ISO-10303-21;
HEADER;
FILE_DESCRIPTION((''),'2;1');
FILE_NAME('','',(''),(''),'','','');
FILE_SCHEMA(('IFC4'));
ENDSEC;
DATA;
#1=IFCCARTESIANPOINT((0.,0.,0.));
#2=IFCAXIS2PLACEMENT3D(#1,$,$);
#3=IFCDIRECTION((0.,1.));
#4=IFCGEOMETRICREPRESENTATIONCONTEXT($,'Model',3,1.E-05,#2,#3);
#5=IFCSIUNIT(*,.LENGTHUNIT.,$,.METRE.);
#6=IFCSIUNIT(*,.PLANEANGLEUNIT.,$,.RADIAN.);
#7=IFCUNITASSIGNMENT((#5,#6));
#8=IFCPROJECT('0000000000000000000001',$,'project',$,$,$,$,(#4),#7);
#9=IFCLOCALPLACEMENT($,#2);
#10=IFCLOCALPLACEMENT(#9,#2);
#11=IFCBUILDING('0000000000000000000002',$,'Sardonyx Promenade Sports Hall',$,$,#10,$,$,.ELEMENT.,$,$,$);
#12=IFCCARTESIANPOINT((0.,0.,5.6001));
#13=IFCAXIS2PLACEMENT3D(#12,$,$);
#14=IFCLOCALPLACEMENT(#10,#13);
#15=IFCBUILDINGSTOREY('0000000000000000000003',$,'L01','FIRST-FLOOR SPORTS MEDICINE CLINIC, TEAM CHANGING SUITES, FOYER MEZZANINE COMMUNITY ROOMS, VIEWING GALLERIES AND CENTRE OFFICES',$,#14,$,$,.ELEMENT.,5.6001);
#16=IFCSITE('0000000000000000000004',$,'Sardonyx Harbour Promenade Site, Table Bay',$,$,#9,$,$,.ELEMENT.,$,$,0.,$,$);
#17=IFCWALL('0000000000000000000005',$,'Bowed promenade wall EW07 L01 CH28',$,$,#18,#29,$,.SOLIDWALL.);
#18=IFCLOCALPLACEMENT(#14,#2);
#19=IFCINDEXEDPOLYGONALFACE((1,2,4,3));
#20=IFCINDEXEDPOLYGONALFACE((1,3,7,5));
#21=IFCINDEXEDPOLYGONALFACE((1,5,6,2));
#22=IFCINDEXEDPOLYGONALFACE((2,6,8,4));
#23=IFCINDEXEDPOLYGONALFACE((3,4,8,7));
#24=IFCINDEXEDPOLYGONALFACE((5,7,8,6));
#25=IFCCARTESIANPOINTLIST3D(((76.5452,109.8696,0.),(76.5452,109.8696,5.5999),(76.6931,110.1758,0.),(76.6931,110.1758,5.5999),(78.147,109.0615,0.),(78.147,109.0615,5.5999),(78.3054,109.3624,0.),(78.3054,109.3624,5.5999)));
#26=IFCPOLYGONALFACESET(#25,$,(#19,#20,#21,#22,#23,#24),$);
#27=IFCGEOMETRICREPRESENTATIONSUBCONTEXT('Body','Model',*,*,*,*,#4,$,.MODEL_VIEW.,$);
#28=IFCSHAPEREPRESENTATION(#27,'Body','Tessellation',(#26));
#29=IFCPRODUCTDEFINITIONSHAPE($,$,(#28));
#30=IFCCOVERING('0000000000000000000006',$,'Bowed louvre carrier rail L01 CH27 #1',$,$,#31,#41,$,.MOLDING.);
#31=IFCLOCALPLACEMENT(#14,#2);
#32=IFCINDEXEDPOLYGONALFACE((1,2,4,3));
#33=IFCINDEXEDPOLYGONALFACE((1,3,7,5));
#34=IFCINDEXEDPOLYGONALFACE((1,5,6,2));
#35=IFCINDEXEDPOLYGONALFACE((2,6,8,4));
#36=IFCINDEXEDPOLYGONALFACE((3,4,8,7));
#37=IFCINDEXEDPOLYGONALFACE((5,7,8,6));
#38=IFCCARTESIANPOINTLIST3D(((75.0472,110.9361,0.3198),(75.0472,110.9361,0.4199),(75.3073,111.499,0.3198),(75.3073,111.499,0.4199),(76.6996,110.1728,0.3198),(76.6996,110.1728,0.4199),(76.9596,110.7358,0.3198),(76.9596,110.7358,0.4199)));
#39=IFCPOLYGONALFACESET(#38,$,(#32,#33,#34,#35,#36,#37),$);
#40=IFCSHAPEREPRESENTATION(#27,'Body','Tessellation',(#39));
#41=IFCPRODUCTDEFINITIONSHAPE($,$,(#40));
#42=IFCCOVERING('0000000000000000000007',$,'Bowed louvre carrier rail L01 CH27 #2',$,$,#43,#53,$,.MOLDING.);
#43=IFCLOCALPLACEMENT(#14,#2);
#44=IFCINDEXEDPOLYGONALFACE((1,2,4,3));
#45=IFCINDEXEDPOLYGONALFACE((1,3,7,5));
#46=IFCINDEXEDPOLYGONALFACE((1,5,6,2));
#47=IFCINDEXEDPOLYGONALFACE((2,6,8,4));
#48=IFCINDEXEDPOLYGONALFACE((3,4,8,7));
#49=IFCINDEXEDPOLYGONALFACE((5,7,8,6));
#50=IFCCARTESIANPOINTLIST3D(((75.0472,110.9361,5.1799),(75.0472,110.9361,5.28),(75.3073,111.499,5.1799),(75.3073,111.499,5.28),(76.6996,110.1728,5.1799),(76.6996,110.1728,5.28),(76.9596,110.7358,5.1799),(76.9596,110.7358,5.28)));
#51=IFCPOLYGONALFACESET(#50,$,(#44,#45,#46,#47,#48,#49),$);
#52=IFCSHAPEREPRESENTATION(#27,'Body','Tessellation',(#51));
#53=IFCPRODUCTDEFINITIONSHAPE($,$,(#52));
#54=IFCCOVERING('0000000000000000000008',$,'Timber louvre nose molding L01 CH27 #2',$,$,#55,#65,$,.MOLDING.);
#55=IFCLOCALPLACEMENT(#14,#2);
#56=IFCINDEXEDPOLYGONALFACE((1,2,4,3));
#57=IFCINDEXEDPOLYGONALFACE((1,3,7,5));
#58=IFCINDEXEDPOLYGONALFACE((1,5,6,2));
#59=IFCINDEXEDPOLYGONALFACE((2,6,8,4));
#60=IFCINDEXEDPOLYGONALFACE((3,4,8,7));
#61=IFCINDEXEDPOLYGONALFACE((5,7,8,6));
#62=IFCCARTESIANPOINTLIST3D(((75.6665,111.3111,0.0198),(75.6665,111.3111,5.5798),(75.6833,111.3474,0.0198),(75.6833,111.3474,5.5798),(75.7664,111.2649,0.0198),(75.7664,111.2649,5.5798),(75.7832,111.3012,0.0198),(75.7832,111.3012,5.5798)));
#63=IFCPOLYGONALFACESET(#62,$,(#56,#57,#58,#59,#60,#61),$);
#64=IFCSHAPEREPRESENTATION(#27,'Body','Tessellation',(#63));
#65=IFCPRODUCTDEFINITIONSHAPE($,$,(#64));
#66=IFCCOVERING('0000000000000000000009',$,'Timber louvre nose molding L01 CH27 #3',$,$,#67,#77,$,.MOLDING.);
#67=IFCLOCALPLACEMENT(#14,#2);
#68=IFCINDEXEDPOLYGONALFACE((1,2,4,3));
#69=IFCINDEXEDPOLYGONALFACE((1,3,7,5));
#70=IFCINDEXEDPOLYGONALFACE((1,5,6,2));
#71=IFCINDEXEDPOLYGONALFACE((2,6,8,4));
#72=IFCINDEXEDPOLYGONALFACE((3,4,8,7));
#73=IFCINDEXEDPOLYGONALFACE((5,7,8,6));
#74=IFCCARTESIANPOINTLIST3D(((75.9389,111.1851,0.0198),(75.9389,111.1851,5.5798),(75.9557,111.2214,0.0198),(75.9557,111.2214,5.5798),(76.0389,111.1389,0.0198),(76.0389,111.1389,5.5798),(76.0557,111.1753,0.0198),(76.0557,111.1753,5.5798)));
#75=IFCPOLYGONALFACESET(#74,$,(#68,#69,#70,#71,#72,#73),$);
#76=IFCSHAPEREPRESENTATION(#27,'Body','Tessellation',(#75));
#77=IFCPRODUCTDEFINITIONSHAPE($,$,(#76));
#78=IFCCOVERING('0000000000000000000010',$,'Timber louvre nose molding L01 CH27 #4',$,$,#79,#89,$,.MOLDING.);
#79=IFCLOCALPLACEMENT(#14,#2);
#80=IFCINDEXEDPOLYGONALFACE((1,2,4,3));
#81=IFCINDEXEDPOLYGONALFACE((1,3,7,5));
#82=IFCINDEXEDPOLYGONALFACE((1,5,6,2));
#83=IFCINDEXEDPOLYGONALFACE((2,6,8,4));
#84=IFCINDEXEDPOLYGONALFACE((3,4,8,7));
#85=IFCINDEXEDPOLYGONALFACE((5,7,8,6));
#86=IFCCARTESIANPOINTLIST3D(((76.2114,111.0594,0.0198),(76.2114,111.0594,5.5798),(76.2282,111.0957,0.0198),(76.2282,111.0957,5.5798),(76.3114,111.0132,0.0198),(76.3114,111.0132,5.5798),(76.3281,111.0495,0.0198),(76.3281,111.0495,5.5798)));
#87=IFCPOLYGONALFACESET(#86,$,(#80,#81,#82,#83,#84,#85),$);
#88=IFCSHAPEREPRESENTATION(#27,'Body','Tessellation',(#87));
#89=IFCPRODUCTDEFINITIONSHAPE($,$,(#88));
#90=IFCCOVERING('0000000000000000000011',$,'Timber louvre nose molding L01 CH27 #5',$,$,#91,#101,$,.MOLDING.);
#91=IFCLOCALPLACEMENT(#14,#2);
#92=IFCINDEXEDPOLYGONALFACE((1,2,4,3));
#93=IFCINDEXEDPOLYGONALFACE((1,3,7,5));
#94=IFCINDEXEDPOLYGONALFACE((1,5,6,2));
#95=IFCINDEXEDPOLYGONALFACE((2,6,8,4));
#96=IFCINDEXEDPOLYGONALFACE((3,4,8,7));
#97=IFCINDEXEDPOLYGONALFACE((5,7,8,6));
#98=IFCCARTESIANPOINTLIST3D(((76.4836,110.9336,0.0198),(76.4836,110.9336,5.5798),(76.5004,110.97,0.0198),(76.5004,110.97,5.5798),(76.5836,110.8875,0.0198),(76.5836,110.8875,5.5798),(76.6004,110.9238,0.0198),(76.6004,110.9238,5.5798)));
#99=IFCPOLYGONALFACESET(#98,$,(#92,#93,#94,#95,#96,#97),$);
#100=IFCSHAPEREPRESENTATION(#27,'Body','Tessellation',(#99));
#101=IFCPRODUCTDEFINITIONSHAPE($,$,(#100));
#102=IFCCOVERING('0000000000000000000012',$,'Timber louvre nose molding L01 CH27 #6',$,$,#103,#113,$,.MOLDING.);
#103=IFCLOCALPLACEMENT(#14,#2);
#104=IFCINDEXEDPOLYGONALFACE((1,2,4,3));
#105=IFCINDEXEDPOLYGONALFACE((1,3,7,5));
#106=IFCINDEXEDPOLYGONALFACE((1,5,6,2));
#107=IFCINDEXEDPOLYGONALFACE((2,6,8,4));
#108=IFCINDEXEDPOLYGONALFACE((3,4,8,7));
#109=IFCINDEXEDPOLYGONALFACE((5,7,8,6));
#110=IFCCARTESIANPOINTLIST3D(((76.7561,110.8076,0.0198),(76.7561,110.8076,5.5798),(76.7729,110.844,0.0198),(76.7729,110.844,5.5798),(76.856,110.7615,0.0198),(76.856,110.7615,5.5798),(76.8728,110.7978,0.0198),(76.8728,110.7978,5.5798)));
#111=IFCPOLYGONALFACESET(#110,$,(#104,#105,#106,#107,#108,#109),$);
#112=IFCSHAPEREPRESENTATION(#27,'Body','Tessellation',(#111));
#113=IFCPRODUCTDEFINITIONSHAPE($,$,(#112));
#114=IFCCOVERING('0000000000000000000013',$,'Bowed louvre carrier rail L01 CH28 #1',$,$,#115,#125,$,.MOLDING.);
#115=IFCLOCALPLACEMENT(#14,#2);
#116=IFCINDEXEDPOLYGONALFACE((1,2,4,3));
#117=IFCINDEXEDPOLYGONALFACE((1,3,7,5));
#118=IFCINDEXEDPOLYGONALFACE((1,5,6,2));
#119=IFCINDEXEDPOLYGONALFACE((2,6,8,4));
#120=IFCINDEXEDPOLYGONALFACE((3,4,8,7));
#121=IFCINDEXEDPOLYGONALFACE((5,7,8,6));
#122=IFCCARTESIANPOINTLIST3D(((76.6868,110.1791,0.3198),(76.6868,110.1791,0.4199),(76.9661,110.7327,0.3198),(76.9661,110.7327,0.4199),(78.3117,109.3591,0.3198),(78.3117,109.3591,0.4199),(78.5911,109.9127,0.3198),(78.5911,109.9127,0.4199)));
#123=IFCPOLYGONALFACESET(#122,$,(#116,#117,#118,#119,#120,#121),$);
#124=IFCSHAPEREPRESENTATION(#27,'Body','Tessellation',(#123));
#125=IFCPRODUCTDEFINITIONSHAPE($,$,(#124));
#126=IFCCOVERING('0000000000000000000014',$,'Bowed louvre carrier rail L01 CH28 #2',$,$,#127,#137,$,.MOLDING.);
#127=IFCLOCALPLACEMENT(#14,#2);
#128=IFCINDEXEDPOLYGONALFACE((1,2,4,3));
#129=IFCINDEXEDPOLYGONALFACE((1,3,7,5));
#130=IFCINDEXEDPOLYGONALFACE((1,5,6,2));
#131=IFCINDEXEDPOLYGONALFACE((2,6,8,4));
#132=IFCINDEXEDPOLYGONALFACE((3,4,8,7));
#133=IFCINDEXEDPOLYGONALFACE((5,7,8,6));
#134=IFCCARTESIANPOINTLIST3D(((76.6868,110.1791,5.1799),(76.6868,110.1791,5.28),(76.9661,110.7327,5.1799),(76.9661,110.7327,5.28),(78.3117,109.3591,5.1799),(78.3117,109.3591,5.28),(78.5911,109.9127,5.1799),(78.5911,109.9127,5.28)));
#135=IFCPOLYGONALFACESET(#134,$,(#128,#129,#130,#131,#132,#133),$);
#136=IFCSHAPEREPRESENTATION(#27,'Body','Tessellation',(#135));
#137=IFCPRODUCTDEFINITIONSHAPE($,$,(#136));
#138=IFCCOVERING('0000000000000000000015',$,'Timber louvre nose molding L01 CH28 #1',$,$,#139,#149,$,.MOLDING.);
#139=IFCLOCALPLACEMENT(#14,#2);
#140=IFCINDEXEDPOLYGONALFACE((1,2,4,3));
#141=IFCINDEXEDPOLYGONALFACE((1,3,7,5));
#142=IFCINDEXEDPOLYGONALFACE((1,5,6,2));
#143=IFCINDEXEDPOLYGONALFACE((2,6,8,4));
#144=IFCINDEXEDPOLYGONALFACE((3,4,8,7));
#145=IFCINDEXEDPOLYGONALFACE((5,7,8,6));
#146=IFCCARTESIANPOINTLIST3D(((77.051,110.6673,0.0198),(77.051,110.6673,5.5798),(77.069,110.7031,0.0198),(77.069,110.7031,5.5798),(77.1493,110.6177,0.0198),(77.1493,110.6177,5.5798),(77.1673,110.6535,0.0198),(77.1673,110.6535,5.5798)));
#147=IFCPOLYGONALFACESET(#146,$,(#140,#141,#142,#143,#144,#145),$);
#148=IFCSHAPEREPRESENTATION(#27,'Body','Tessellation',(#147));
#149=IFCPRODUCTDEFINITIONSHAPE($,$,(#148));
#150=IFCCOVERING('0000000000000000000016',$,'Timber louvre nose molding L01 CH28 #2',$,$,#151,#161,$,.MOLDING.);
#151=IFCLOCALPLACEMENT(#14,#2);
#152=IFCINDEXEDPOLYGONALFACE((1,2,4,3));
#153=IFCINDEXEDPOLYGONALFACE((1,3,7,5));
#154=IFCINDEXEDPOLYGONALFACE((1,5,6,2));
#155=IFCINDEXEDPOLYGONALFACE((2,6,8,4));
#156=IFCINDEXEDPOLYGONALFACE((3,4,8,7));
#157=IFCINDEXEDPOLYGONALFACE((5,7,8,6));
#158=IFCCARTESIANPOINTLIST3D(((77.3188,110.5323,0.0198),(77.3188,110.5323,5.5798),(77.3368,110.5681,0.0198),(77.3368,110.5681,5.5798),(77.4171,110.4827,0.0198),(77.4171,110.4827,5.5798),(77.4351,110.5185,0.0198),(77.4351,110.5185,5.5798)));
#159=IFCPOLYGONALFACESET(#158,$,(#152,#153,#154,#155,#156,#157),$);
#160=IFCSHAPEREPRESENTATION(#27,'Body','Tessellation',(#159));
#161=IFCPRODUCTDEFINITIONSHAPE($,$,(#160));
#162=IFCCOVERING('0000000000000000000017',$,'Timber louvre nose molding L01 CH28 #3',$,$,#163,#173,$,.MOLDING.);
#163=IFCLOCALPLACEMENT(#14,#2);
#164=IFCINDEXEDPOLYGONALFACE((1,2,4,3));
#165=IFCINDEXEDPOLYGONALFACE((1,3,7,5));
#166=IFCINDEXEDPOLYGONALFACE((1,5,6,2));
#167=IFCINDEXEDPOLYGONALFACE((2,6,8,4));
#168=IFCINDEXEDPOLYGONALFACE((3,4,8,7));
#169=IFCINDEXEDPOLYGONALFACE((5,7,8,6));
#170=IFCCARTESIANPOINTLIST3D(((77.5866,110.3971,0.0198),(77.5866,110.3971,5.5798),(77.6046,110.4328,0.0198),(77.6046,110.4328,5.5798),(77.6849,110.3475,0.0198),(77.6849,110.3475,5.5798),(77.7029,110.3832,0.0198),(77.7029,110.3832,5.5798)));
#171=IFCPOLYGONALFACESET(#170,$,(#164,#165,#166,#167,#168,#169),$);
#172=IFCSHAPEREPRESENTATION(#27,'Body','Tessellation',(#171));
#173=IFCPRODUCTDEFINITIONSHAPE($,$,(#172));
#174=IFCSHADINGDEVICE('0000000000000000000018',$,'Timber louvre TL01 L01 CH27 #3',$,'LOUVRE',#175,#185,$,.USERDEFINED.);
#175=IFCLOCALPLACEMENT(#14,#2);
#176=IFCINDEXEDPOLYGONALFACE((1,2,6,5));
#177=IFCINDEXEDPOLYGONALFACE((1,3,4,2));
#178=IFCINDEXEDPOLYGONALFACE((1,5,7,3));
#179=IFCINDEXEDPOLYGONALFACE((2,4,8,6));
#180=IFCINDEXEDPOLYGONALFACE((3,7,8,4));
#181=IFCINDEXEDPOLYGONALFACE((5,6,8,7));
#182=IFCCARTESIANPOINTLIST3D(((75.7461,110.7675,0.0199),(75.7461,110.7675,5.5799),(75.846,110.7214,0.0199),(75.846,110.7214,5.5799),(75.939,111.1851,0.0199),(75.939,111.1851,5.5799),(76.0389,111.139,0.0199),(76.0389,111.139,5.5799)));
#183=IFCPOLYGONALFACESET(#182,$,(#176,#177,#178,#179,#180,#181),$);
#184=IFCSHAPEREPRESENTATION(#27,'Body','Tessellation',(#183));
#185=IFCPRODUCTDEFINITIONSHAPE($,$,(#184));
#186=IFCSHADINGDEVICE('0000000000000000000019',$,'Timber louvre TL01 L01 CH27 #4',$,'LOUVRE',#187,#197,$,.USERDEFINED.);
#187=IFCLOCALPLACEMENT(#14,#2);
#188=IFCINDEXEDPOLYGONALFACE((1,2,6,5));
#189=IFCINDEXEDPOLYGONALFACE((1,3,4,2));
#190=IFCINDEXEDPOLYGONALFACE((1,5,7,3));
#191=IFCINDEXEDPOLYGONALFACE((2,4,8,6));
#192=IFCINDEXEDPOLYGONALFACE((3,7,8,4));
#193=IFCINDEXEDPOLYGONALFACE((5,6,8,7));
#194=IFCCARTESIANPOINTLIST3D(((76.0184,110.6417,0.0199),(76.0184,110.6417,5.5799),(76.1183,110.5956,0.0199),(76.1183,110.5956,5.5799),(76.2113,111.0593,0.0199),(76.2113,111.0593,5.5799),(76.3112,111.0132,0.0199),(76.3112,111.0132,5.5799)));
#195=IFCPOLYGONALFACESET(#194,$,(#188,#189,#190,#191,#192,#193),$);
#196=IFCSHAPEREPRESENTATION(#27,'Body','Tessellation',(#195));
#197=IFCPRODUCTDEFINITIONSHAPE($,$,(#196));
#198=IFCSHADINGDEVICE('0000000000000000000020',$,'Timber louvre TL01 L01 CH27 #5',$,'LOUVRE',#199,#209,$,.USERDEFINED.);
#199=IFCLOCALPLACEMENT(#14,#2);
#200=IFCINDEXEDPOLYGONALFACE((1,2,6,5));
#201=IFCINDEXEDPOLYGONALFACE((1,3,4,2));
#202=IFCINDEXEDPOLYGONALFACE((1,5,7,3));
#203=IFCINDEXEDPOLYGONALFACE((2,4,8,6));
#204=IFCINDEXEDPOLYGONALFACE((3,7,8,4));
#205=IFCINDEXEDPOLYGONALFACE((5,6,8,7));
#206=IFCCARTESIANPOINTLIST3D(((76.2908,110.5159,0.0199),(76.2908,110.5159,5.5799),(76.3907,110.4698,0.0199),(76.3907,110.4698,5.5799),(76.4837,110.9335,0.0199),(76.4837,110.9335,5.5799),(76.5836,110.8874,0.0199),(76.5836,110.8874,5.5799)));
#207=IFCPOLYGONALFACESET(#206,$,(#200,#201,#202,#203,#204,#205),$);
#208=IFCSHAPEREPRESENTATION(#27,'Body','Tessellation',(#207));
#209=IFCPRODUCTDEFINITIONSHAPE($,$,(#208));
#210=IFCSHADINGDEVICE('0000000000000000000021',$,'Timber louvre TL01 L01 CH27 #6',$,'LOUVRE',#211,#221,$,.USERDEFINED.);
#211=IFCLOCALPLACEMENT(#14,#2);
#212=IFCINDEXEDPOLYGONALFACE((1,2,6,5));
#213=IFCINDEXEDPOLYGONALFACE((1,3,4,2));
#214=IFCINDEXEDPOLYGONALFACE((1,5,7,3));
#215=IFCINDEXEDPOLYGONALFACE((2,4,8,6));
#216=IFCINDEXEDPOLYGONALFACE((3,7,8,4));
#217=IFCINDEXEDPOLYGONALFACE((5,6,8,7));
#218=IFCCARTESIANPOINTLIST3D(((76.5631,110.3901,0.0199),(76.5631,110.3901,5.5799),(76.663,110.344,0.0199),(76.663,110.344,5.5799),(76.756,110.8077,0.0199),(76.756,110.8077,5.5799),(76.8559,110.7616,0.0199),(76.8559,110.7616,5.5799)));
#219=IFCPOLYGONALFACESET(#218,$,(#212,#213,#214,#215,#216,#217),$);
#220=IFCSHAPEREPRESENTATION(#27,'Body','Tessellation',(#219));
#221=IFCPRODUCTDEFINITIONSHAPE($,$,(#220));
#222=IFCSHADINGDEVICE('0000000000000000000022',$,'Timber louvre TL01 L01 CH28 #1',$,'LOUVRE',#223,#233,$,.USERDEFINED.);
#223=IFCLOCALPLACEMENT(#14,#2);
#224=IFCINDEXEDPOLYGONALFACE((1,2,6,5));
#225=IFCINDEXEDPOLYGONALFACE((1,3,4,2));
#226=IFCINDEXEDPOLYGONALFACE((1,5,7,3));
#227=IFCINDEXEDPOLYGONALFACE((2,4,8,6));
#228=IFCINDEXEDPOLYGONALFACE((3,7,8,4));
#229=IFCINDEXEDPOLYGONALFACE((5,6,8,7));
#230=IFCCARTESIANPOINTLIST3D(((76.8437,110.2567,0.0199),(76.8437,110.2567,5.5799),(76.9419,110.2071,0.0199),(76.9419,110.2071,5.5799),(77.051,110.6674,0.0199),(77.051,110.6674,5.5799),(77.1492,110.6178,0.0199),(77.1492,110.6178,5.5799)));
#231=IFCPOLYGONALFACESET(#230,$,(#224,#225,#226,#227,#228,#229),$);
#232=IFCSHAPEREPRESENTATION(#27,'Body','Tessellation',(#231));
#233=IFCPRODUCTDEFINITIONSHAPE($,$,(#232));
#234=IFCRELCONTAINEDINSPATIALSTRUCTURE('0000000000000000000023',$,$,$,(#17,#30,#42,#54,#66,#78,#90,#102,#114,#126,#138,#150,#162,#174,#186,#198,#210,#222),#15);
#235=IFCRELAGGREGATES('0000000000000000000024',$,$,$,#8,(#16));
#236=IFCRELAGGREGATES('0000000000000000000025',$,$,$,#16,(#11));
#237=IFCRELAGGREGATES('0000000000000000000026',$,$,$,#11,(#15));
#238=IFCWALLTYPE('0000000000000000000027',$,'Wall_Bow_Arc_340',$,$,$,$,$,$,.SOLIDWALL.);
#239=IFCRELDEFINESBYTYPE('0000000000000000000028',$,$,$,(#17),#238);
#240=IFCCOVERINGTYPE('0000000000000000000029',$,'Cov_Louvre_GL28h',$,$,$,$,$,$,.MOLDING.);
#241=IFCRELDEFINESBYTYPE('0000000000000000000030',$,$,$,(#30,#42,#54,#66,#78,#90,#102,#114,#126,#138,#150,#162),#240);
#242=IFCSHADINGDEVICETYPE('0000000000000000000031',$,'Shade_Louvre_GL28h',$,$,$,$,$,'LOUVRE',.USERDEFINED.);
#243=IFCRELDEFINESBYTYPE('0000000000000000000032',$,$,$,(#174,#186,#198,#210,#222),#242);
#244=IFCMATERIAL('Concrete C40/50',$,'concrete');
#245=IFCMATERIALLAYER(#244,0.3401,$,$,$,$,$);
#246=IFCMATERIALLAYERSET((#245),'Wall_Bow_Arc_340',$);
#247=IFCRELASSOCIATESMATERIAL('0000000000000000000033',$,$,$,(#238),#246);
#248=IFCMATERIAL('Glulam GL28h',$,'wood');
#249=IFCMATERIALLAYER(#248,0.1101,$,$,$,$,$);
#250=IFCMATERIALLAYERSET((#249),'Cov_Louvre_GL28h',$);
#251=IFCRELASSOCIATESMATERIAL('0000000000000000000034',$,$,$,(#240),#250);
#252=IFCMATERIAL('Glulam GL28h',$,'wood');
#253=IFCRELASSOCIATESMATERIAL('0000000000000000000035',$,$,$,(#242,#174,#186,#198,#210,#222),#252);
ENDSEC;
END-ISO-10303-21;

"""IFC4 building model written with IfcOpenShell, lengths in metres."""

from ifc_helpers import new_model, si_unit, direction, frame, origin, origin_2d, place, context, subcontext, project, spatial, polyline, rectangle, outline, extrude, material, layer, layer_set, type_object, element, save


model = new_model("IFC4")

# Units and contexts
model_context = context("Model", 3, precision=1e-05, world=origin(), true_north=direction((0.0, 1.0)))
body_context = subcontext(model_context, "Body", "Model", "MODEL_VIEW")
ifc_project = project(units=[si_unit("LENGTHUNIT", "METRE"), si_unit("PLANEANGLEUNIT", "RADIAN")], contexts=[model_context])

# Site, building, storey
site_placement = place(None, origin())
site = spatial("IfcSite", under=ifc_project, at=site_placement, Name="Sardonyx Harbour Promenade Site, Table Bay", CompositionType="ELEMENT", RefElevation=0.0)
building_placement = place(site_placement, origin())
building = spatial("IfcBuilding", under=site, at=building_placement, Name="Sardonyx Promenade Sports Hall", CompositionType="ELEMENT")
storey_placement = place(building_placement, frame((0.0, 0.0, 5.6001)))
storey = spatial("IfcBuildingStorey", under=building, at=storey_placement, Name="L01", Description="FIRST-FLOOR SPORTS MEDICINE CLINIC, TEAM CHANGING SUITES, FOYER MEZZANINE COMMUNITY ROOMS, VIEWING GALLERIES AND CENTRE OFFICES", CompositionType="ELEMENT", Elevation=5.6001)

# Wall
ifc_material_1 = material(Name="Concrete C40/50", Category="concrete")
ifc_layer_1 = layer(ifc_material_1, 0.3401)
ifc_layer_set_1 = layer_set([ifc_layer_1], Name="Wall_Bow_Arc_340")
wall_type = type_object("IfcWallType", Name="Wall_Bow_Arc_340", PredefinedType="SOLIDWALL", material=ifc_layer_set_1)
wall_placement = place(storey_placement, frame((76.6191, 110.0227, 0.0), z_axis=(0.0, 0.0, 1.0), x_axis=(0.892821, -0.450411, 0.0)))
element("IfcWall", 1, at=wall_placement, inside=storey, type_object=wall_type, Name="Bowed promenade wall EW07 L01 CH28", PredefinedType="SOLIDWALL", context=body_context, shape_type="SweptSolid", body=[
    extrude(outline(polyline([(0.0029, -0.17), (1.7971, -0.17), (1.8029, 0.17), (-0.0029, 0.17), (0.0029, -0.17)])), origin(), (0.0, 0.0, 1.0), 5.5999),
])

# Coverings
ifc_material_2 = material(Name="Glulam GL28h", Category="wood")
ifc_layer_2 = layer(ifc_material_2, 0.1101)
ifc_layer_set_2 = layer_set([ifc_layer_2], Name="Cov_Louvre_GL28h")
covering_type = type_object("IfcCoveringType", Name="Cov_Louvre_GL28h", PredefinedType="MOLDING", material=ifc_layer_set_2)
for number, where, z_axis, x_axis, name in (
    (2, (76.0034, 110.8359, 0.3198), (0.0, 0.0, 1.0), (0.907831, -0.419336, 0.0), "Bowed louvre carrier rail L01 CH27 #1"),
    (3, (76.0034, 110.8359, 5.1799), (0.0, 0.0, 1.0), (0.907831, -0.419336, 0.0), "Bowed louvre carrier rail L01 CH27 #2"),
):
    element("IfcCovering", number, at=place(storey_placement, frame(where, z_axis=z_axis, x_axis=x_axis)), inside=storey, type_object=covering_type, Name=name, PredefinedType="MOLDING", context=body_context, shape_type="SweptSolid", body=[
        extrude(rectangle(XDim=1.8201, YDim=0.6201, at=origin_2d()), origin(), (0.0, 0.0, 1.0), 0.1001),
    ])
for number, where, z_axis, x_axis, name in (
    (4, (75.7249, 111.3062, 0.0198), (0.0, 0.0, 1.0), (0.907831, -0.419336, 0.0), "Timber louvre nose molding L01 CH27 #2"),
    (5, (75.9973, 111.1802, 0.0198), (0.0, 0.0, 1.0), (0.907831, -0.419336, 0.0), "Timber louvre nose molding L01 CH27 #3"),
    (6, (76.2698, 111.0544, 0.0198), (0.0, 0.0, 1.0), (0.907831, -0.419336, 0.0), "Timber louvre nose molding L01 CH27 #4"),
    (7, (76.542, 110.9287, 0.0198), (0.0, 0.0, 1.0), (0.907831, -0.419336, 0.0), "Timber louvre nose molding L01 CH27 #5"),
    (8, (76.8145, 110.8027, 0.0198), (0.0, 0.0, 1.0), (0.907831, -0.419336, 0.0), "Timber louvre nose molding L01 CH27 #6"),
):
    element("IfcCovering", number, at=place(storey_placement, frame(where, z_axis=z_axis, x_axis=x_axis)), inside=storey, type_object=covering_type, Name=name, PredefinedType="MOLDING", context=body_context, shape_type="SweptSolid", body=[
        extrude(rectangle(XDim=0.1101, YDim=0.04, at=origin_2d()), origin(), (0.0, 0.0, 1.0), 5.5601),
    ])
for number, where, z_axis, x_axis, name in (
    (9, (77.6389, 110.0459, 0.3198), (0.0, 0.0, 1.0), (0.892774, -0.450505, 0.0), "Bowed louvre carrier rail L01 CH28 #1"),
    (10, (77.6389, 110.0459, 5.1799), (0.0, 0.0, 1.0), (0.892774, -0.450505, 0.0), "Bowed louvre carrier rail L01 CH28 #2"),
):
    element("IfcCovering", number, at=place(storey_placement, frame(where, z_axis=z_axis, x_axis=x_axis)), inside=storey, type_object=covering_type, Name=name, PredefinedType="MOLDING", context=body_context, shape_type="SweptSolid", body=[
        extrude(rectangle(XDim=1.8201, YDim=0.6201, at=origin_2d()), origin(), (0.0, 0.0, 1.0), 0.1001),
    ])
for number, where, z_axis, x_axis, name in (
    (11, (77.1091, 110.6604, 0.0198), (0.0, 0.0, 1.0), (0.892774, -0.450505, 0.0), "Timber louvre nose molding L01 CH28 #1"),
    (12, (77.377, 110.5254, 0.0198), (0.0, 0.0, 1.0), (0.892774, -0.450505, 0.0), "Timber louvre nose molding L01 CH28 #2"),
    (13, (77.6448, 110.3901, 0.0198), (0.0, 0.0, 1.0), (0.892774, -0.450505, 0.0), "Timber louvre nose molding L01 CH28 #3"),
):
    element("IfcCovering", number, at=place(storey_placement, frame(where, z_axis=z_axis, x_axis=x_axis)), inside=storey, type_object=covering_type, Name=name, PredefinedType="MOLDING", context=body_context, shape_type="SweptSolid", body=[
        extrude(rectangle(XDim=0.1101, YDim=0.04, at=origin_2d()), origin(), (0.0, 0.0, 1.0), 5.5601),
    ])

# Shading devices
ifc_material_3 = material(Name="Glulam GL28h", Category="wood")
shading_device_type = type_object("IfcShadingDeviceType", Name="Shade_Louvre_GL28h", ElementType="LOUVRE", PredefinedType="USERDEFINED", material=ifc_material_3)
for number, where, z_axis, x_axis, name in (
    (14, (75.8925, 110.9533, 0.0199), (0.0, 0.0, 1.0), (0.907831, -0.419336, 0.0), "Timber louvre TL01 L01 CH27 #3"),
    (15, (76.1648, 110.8275, 0.0199), (0.0, 0.0, 1.0), (0.907831, -0.419336, 0.0), "Timber louvre TL01 L01 CH27 #4"),
    (16, (76.4372, 110.7017, 0.0199), (0.0, 0.0, 1.0), (0.907831, -0.419336, 0.0), "Timber louvre TL01 L01 CH27 #5"),
    (17, (76.7095, 110.5759, 0.0199), (0.0, 0.0, 1.0), (0.907831, -0.419336, 0.0), "Timber louvre TL01 L01 CH27 #6"),
    (18, (76.9964, 110.4373, 0.0199), (0.0, 0.0, 1.0), (0.892774, -0.450505, 0.0), "Timber louvre TL01 L01 CH28 #1"),
):
    element("IfcShadingDevice", number, at=place(storey_placement, frame(where, z_axis=z_axis, x_axis=x_axis)), inside=storey, type_object=shading_device_type, material=ifc_material_3, Name=name, ObjectType="LOUVRE", PredefinedType="USERDEFINED", context=body_context, shape_type="SweptSolid", body=[
        extrude(rectangle(XDim=0.11, YDim=0.46), origin(), (0.0, 0.0, 1.0), 5.56),
    ])

save(model, "model.ifc")
